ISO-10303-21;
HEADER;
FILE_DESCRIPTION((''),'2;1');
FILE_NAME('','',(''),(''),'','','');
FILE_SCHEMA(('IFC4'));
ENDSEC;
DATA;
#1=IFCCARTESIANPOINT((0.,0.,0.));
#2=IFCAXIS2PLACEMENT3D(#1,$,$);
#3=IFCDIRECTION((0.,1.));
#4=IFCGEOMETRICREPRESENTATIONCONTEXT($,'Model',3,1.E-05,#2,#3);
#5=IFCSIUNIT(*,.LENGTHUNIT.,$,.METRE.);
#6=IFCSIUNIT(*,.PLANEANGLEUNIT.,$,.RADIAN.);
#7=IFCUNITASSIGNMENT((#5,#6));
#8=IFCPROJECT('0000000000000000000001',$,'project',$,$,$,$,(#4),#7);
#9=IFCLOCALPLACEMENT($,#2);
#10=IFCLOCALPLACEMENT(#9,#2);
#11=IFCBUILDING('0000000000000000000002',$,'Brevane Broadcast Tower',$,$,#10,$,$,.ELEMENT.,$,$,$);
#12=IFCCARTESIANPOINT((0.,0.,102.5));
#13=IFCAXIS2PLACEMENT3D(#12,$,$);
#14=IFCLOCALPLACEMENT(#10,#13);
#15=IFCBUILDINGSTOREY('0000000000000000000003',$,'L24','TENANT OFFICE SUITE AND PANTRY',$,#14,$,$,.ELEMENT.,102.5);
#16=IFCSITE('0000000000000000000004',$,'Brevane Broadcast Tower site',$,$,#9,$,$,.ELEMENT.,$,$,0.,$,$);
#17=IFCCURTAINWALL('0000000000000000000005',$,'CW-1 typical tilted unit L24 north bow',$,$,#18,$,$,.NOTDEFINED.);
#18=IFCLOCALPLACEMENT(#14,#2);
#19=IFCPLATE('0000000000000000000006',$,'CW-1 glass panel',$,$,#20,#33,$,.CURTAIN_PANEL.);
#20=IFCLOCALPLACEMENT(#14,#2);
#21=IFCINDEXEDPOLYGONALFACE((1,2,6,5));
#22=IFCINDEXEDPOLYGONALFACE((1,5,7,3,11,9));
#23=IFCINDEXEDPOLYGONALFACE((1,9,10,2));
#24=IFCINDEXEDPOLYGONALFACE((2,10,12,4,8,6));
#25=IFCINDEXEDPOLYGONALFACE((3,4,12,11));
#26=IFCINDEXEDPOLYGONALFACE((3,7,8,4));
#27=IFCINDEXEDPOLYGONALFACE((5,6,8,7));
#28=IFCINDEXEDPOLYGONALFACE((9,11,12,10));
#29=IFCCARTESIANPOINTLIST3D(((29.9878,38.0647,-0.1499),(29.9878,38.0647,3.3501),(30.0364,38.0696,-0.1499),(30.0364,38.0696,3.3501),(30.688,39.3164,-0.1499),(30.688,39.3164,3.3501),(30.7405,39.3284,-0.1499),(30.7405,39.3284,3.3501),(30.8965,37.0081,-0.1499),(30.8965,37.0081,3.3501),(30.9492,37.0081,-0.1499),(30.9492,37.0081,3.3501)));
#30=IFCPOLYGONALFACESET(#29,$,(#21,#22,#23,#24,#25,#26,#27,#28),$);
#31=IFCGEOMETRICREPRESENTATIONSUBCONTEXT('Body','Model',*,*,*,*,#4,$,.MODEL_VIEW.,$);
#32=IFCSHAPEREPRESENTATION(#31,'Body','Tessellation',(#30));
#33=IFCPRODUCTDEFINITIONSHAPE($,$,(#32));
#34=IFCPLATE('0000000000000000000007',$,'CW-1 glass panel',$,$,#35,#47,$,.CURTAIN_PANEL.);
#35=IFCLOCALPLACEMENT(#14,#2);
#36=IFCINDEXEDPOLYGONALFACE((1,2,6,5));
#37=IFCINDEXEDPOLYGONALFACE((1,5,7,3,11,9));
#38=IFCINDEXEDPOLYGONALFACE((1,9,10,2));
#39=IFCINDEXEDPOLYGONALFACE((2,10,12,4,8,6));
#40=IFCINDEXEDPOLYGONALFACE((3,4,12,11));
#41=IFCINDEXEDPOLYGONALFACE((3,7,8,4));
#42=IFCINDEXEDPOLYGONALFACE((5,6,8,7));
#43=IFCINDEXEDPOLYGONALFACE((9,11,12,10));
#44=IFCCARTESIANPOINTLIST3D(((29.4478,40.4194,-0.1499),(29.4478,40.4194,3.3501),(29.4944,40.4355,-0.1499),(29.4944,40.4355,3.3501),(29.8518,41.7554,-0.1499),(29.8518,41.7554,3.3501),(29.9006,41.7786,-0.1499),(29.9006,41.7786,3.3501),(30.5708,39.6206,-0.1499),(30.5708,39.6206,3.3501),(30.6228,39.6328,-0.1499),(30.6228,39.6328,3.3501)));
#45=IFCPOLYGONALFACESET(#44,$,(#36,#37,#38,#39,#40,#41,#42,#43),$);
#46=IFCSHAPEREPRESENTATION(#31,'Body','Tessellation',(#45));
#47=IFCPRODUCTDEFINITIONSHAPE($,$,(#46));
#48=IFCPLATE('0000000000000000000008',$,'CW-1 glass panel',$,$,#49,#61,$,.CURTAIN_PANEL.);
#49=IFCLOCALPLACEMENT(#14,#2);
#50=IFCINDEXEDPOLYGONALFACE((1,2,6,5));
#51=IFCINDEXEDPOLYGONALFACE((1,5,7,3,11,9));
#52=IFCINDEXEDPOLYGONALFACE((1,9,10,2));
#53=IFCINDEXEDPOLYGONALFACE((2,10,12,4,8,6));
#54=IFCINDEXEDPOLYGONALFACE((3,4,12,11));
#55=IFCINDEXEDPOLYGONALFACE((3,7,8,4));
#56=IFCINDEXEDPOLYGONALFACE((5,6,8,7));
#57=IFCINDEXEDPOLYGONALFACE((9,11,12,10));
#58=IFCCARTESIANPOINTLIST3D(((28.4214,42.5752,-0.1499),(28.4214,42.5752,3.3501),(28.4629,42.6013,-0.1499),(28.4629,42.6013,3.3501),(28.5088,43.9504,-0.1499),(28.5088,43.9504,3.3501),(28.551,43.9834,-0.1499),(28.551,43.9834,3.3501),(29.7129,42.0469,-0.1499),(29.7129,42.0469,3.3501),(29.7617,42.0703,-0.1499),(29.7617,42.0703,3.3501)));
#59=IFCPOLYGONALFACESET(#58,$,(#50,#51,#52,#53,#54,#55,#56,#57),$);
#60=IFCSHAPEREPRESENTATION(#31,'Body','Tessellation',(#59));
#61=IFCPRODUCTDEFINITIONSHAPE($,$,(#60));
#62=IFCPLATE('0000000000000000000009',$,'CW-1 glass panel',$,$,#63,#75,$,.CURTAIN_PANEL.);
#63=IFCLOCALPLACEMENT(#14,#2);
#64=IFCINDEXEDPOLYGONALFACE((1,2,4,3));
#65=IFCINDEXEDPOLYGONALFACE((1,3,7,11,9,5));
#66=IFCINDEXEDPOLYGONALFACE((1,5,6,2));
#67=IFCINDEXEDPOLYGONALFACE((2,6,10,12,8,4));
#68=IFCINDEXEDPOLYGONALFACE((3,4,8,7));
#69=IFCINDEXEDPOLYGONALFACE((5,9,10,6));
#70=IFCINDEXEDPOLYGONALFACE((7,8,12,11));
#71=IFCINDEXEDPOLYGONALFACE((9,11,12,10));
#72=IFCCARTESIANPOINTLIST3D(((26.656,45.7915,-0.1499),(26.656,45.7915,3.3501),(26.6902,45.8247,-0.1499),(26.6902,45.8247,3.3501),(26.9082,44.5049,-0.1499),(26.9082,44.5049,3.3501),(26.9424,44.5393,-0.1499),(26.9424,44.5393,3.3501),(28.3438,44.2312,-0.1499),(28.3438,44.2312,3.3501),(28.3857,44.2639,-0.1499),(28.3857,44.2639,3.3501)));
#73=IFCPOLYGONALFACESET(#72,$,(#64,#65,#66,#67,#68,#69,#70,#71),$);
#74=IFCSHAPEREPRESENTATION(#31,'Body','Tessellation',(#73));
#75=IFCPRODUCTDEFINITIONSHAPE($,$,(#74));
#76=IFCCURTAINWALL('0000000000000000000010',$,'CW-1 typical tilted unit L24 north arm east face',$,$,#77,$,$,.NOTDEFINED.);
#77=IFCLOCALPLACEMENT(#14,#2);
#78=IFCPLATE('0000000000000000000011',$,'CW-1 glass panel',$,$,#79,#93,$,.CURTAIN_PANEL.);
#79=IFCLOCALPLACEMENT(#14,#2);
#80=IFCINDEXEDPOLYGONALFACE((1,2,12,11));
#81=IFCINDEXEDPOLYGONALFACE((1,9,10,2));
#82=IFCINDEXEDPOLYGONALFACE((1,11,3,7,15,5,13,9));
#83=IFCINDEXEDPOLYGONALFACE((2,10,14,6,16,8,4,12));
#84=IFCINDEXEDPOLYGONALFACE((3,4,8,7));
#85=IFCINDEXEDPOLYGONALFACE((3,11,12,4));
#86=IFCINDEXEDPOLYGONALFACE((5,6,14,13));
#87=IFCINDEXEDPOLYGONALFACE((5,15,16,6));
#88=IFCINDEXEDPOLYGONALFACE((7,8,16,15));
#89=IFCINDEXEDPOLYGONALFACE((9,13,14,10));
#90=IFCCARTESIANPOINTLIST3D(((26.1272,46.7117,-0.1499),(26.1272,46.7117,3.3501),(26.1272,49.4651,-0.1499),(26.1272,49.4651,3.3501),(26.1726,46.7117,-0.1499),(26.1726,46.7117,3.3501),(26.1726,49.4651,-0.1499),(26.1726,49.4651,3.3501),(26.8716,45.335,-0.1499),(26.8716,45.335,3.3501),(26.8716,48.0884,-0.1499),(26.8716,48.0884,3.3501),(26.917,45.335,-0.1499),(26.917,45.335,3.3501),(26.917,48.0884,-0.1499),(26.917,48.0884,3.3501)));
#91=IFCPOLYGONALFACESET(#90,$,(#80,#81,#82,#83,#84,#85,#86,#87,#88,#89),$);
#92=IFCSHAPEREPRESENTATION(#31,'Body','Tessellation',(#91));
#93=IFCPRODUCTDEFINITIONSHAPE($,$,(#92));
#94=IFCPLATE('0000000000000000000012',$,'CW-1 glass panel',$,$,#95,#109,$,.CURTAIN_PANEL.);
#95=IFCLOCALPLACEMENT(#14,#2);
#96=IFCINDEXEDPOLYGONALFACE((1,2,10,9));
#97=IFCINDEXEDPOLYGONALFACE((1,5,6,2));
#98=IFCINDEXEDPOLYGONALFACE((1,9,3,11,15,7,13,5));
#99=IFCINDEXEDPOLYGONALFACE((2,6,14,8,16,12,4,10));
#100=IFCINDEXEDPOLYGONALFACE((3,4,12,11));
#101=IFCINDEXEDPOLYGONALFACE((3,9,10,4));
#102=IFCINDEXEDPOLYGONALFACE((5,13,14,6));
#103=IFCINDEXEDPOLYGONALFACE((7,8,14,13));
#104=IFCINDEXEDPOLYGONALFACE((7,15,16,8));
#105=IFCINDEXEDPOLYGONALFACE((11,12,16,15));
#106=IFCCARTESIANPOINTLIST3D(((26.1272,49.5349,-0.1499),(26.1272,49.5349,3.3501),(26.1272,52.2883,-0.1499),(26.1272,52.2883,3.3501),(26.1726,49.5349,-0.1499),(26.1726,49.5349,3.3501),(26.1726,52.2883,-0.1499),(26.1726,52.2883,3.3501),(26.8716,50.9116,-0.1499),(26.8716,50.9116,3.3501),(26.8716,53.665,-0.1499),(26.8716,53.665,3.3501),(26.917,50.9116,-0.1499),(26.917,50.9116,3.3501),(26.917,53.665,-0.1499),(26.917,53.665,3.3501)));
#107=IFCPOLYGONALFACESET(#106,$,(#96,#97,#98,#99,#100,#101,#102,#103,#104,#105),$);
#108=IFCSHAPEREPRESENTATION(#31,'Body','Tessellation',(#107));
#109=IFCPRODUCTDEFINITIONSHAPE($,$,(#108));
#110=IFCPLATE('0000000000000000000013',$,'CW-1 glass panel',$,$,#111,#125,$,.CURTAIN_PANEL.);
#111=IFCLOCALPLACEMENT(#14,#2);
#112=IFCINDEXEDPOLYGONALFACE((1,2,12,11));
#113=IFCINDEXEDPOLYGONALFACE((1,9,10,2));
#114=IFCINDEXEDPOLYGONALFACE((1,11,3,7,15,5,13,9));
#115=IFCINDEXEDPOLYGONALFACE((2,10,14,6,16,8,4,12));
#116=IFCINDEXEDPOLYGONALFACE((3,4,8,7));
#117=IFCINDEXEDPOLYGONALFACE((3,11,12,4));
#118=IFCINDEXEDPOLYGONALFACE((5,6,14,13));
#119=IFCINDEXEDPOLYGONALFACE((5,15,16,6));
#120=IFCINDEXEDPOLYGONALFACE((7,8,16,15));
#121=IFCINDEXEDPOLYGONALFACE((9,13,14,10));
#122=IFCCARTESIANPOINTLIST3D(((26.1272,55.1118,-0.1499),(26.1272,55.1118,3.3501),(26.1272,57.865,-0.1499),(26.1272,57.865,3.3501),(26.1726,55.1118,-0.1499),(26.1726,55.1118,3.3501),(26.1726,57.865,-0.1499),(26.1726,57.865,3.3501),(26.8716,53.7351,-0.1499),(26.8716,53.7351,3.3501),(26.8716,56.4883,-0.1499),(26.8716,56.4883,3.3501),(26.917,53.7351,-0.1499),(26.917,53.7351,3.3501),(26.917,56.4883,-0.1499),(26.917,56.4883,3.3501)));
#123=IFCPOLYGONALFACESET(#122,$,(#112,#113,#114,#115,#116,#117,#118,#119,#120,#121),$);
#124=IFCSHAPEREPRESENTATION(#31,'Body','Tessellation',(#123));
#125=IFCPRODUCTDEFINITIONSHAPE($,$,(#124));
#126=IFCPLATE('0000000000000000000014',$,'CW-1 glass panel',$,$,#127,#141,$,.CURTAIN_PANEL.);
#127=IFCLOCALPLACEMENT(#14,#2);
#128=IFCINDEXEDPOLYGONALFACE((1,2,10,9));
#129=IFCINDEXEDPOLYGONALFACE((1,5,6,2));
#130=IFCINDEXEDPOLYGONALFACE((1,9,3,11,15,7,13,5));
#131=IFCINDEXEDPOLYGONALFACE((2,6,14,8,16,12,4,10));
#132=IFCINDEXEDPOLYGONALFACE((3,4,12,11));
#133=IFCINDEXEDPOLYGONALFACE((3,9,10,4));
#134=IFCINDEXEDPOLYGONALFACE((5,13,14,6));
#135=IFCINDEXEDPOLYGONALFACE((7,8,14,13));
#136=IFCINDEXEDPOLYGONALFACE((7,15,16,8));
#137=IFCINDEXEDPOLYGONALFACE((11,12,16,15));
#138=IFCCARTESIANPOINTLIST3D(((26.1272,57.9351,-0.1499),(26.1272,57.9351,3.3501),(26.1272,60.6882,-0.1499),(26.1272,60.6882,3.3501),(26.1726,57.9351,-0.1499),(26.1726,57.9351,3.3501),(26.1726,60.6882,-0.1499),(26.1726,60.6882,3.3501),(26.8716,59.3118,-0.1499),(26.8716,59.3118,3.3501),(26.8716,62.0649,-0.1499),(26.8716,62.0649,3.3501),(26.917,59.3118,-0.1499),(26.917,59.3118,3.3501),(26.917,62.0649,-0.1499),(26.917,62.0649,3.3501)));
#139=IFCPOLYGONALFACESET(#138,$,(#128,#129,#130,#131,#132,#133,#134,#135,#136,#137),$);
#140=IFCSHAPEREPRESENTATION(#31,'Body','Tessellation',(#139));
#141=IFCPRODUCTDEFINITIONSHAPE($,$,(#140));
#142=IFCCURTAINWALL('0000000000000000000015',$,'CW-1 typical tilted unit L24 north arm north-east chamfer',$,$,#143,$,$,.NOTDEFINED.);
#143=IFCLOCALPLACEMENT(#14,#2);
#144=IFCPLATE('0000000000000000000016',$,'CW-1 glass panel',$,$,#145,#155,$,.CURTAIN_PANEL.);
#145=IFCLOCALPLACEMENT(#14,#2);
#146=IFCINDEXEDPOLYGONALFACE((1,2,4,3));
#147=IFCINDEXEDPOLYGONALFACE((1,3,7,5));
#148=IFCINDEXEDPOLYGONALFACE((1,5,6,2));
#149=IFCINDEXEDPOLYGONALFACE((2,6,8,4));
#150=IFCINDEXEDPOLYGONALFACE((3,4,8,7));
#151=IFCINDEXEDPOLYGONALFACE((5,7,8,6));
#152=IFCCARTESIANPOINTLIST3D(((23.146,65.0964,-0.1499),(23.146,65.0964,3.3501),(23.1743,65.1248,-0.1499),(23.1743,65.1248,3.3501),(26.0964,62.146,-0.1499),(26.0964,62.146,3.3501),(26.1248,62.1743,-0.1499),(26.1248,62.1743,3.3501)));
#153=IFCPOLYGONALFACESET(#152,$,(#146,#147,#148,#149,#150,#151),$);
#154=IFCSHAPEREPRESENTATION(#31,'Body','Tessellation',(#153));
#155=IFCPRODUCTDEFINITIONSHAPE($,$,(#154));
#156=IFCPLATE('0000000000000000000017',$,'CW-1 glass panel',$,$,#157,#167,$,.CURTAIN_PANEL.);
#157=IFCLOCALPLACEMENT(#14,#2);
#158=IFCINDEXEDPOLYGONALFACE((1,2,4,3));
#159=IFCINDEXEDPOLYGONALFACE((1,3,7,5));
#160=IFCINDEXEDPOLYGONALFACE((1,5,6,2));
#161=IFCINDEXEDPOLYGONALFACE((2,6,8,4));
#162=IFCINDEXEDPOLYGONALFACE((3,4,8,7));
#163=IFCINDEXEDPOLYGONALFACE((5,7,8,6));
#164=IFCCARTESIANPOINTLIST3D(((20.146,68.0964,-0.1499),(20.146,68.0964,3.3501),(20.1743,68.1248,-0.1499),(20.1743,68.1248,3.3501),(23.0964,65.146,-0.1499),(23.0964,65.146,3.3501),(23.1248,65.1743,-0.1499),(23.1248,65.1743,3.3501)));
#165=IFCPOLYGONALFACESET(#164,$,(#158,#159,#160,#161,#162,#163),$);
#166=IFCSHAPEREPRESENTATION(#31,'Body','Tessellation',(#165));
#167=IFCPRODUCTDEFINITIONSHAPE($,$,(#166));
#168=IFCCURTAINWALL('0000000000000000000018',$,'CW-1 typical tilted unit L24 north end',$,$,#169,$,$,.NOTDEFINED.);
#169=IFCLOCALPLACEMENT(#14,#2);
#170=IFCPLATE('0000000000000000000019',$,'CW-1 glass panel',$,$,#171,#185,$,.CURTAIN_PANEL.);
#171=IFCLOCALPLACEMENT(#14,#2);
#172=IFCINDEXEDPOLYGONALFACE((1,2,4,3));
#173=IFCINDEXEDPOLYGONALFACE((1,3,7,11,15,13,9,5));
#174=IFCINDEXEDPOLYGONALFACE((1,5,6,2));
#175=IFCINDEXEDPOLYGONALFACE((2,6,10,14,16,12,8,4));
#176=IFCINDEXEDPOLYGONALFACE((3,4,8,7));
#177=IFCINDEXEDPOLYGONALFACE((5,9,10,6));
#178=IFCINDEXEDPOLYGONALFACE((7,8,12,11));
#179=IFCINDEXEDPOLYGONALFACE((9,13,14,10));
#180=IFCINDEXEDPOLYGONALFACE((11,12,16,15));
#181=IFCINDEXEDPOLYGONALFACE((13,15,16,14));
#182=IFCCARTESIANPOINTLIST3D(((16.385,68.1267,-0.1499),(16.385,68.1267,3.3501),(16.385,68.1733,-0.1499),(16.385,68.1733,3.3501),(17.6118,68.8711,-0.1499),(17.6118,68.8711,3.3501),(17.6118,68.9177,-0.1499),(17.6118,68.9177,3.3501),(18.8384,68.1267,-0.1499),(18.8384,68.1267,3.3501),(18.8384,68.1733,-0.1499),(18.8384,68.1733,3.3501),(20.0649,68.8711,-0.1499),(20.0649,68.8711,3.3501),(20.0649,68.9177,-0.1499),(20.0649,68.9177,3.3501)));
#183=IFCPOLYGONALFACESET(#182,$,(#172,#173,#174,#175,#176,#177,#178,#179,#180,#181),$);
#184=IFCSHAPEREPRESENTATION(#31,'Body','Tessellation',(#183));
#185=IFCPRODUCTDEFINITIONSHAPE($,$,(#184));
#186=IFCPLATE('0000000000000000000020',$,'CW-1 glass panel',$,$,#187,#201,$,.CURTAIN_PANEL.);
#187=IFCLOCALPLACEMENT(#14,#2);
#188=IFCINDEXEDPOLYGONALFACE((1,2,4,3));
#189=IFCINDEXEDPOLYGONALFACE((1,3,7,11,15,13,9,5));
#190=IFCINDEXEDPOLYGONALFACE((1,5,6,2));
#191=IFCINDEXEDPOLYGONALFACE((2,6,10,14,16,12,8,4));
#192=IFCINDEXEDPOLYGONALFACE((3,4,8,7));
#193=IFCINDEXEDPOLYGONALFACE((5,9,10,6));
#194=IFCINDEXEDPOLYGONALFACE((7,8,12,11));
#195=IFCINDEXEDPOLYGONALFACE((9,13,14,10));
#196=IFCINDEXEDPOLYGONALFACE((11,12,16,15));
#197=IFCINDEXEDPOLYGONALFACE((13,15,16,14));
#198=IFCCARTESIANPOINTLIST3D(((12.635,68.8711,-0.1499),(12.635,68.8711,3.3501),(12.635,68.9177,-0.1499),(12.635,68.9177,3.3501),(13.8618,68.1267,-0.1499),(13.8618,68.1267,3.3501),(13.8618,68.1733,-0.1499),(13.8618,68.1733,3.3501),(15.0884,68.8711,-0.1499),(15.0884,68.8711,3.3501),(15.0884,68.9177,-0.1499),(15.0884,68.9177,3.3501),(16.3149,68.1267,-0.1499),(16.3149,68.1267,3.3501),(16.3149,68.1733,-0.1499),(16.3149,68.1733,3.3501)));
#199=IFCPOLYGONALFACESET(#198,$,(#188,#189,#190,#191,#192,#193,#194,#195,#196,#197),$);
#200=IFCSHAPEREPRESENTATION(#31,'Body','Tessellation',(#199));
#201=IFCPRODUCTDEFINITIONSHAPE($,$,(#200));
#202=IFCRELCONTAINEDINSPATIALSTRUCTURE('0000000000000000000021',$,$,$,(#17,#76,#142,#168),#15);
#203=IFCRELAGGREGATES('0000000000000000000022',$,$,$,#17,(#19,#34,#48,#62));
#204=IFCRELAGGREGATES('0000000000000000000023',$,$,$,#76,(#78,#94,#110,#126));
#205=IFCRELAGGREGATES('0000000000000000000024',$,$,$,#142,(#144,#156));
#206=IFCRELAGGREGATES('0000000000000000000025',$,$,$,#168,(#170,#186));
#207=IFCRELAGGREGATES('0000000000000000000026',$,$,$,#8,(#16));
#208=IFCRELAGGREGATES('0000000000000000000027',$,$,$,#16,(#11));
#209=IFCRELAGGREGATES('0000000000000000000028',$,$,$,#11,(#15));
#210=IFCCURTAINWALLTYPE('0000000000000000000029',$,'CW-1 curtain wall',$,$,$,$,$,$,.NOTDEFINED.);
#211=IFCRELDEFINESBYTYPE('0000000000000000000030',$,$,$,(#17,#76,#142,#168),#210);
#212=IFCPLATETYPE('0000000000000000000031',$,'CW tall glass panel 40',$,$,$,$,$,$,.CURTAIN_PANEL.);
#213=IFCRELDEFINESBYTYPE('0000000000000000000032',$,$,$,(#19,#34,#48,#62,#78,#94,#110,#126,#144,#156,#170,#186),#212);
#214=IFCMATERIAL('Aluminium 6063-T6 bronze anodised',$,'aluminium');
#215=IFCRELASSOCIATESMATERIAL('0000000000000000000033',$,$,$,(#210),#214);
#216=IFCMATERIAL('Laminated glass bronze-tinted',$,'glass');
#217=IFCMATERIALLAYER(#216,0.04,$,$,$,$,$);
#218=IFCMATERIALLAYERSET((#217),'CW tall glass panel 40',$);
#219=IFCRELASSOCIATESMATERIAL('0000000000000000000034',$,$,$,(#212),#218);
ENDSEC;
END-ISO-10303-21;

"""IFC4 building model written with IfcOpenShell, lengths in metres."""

from ifc_helpers import new_model, si_unit, direction, frame, origin, place, context, subcontext, project, spatial, polyline, outline, extrude, material, layer, layer_set, type_object, element, aggregate, save


model = new_model("IFC4")

# Units and contexts
model_context = context("Model", 3, precision=1e-05, world=origin(), true_north=direction((0.0, 1.0)))
body_context = subcontext(model_context, "Body", "Model", "MODEL_VIEW")
ifc_project = project(units=[si_unit("LENGTHUNIT", "METRE"), si_unit("PLANEANGLEUNIT", "RADIAN")], contexts=[model_context])

# Site, building, storey
site_placement = place(None, origin())
site = spatial("IfcSite", under=ifc_project, at=site_placement, Name="Brevane Broadcast Tower site", CompositionType="ELEMENT", RefElevation=0.0)
building_placement = place(site_placement, origin())
building = spatial("IfcBuilding", under=site, at=building_placement, Name="Brevane Broadcast Tower", CompositionType="ELEMENT")
storey_placement = place(building_placement, frame((0.0, 0.0, 102.5)))
storey = spatial("IfcBuildingStorey", under=building, at=storey_placement, Name="L24", Description="TENANT OFFICE SUITE AND PANTRY", CompositionType="ELEMENT", Elevation=102.5)

# Shared definitions
ifc_material_1 = material(Name="Aluminium 6063-T6 bronze anodised", Category="aluminium")
curtain_wall_type = type_object("IfcCurtainWallType", Name="CW-1 curtain wall", PredefinedType="NOTDEFINED", material=ifc_material_1)

# Curtain walls, plates
ifc_material_2 = material(Name="Laminated glass bronze-tinted", Category="glass")
ifc_layer = layer(ifc_material_2, 0.04)
ifc_layer_set = layer_set([ifc_layer], Name="CW tall glass panel 40")
plate_type = type_object("IfcPlateType", Name="CW tall glass panel 40", PredefinedType="CURTAIN_PANEL", material=ifc_layer_set)
curtain_wall_1_placement = place(storey_placement, origin())
curtain_wall_1 = element("IfcCurtainWall", 1, at=curtain_wall_1_placement, inside=storey, type_object=curtain_wall_type, Name="CW-1 typical tilted unit L24 north bow", PredefinedType="NOTDEFINED")
plate_1_placement = place(storey_placement, frame((0.0, 0.0, -0.1499)))
plate_1 = element("IfcPlate", 2, at=plate_1_placement, type_object=plate_type, Name="CW-1 glass panel", PredefinedType="CURTAIN_PANEL", context=body_context, shape_type="SweptSolid", body=[
    extrude(outline(polyline([(30.8965, 37.0081), (30.9492, 37.0081), (30.0364, 38.0696), (30.7405, 39.3284), (30.688, 39.3164), (29.9878, 38.0647), (30.8965, 37.0081)])), origin(), (0.0, 0.0, 1.0), 3.5),
])
plate_2_placement = place(storey_placement, frame((0.0, 0.0, -0.1499)))
plate_2 = element("IfcPlate", 3, at=plate_2_placement, type_object=plate_type, Name="CW-1 glass panel", PredefinedType="CURTAIN_PANEL", context=body_context, shape_type="SweptSolid", body=[
    extrude(outline(polyline([(30.5708, 39.6206), (30.6228, 39.6328), (29.4944, 40.4355), (29.9006, 41.7786), (29.8518, 41.7554), (29.4478, 40.4194), (30.5708, 39.6206)])), origin(), (0.0, 0.0, 1.0), 3.5),
])
plate_3_placement = place(storey_placement, frame((0.0, 0.0, -0.1499)))
plate_3 = element("IfcPlate", 4, at=plate_3_placement, type_object=plate_type, Name="CW-1 glass panel", PredefinedType="CURTAIN_PANEL", context=body_context, shape_type="SweptSolid", body=[
    extrude(outline(polyline([(29.7129, 42.0469), (29.7617, 42.0703), (28.4629, 42.6013), (28.551, 43.9834), (28.5088, 43.9504), (28.4214, 42.5752), (29.7129, 42.0469)])), origin(), (0.0, 0.0, 1.0), 3.5),
])
plate_4_placement = place(storey_placement, frame((0.0, 0.0, -0.1499)))
plate_4 = element("IfcPlate", 5, at=plate_4_placement, type_object=plate_type, Name="CW-1 glass panel", PredefinedType="CURTAIN_PANEL", context=body_context, shape_type="SweptSolid", body=[
    extrude(outline(polyline([(28.3438, 44.2312), (28.3857, 44.2639), (26.9424, 44.5393), (26.6902, 45.8247), (26.656, 45.7915), (26.9082, 44.5049), (28.3438, 44.2312)])), origin(), (0.0, 0.0, 1.0), 3.5),
])
aggregate(curtain_wall_1, [plate_1, plate_2, plate_3, plate_4])
curtain_wall_2_placement = place(storey_placement, origin())
curtain_wall_2 = element("IfcCurtainWall", 6, at=curtain_wall_2_placement, inside=storey, type_object=curtain_wall_type, Name="CW-1 typical tilted unit L24 north arm east face", PredefinedType="NOTDEFINED")
plate_5_placement = place(storey_placement, frame((0.0, 0.0, -0.1499)))
plate_5 = element("IfcPlate", 7, at=plate_5_placement, type_object=plate_type, Name="CW-1 glass panel", PredefinedType="CURTAIN_PANEL", context=body_context, shape_type="SweptSolid", body=[
    extrude(outline(polyline([(26.8716, 45.335), (26.917, 45.335), (26.1726, 46.7117), (26.917, 48.0884), (26.1726, 49.4651), (26.1272, 49.4651), (26.8716, 48.0884), (26.1272, 46.7117), (26.8716, 45.335)])), origin(), (0.0, 0.0, 1.0), 3.5),
])
plate_6_placement = place(storey_placement, frame((0.0, 0.0, -0.1499)))
plate_6 = element("IfcPlate", 8, at=plate_6_placement, type_object=plate_type, Name="CW-1 glass panel", PredefinedType="CURTAIN_PANEL", context=body_context, shape_type="SweptSolid", body=[
    extrude(outline(polyline([(26.1272, 49.5349), (26.1726, 49.5349), (26.917, 50.9116), (26.1726, 52.2883), (26.917, 53.665), (26.8716, 53.665), (26.1272, 52.2883), (26.8716, 50.9116), (26.1272, 49.5349)])), origin(), (0.0, 0.0, 1.0), 3.5),
])
plate_7_placement = place(storey_placement, frame((0.0, 0.0, -0.1499)))
plate_7 = element("IfcPlate", 9, at=plate_7_placement, type_object=plate_type, Name="CW-1 glass panel", PredefinedType="CURTAIN_PANEL", context=body_context, shape_type="SweptSolid", body=[
    extrude(outline(polyline([(26.8716, 53.7351), (26.917, 53.7351), (26.1726, 55.1118), (26.917, 56.4883), (26.1726, 57.865), (26.1272, 57.865), (26.8716, 56.4883), (26.1272, 55.1118), (26.8716, 53.7351)])), origin(), (0.0, 0.0, 1.0), 3.5),
])
plate_8_placement = place(storey_placement, frame((0.0, 0.0, -0.1499)))
plate_8 = element("IfcPlate", 10, at=plate_8_placement, type_object=plate_type, Name="CW-1 glass panel", PredefinedType="CURTAIN_PANEL", context=body_context, shape_type="SweptSolid", body=[
    extrude(outline(polyline([(26.1272, 57.9351), (26.1726, 57.9351), (26.917, 59.3118), (26.1726, 60.6882), (26.917, 62.0649), (26.8716, 62.0649), (26.1272, 60.6882), (26.8716, 59.3118), (26.1272, 57.9351)])), origin(), (0.0, 0.0, 1.0), 3.5),
])
aggregate(curtain_wall_2, [plate_5, plate_6, plate_7, plate_8])
curtain_wall_3_placement = place(storey_placement, origin())
curtain_wall_3 = element("IfcCurtainWall", 11, at=curtain_wall_3_placement, inside=storey, type_object=curtain_wall_type, Name="CW-1 typical tilted unit L24 north arm north-east chamfer", PredefinedType="NOTDEFINED")
plate_9_placement = place(storey_placement, frame((0.0, 0.0, -0.1499)))
plate_9 = element("IfcPlate", 12, at=plate_9_placement, type_object=plate_type, Name="CW-1 glass panel", PredefinedType="CURTAIN_PANEL", context=body_context, shape_type="SweptSolid", body=[
    extrude(outline(polyline([(26.0964, 62.146), (23.146, 65.0964), (23.1743, 65.1248), (26.1248, 62.1743), (26.0964, 62.146)])), origin(), (0.0, 0.0, 1.0), 3.5),
])
plate_10_placement = place(storey_placement, frame((0.0, 0.0, -0.1499)))
plate_10 = element("IfcPlate", 13, at=plate_10_placement, type_object=plate_type, Name="CW-1 glass panel", PredefinedType="CURTAIN_PANEL", context=body_context, shape_type="SweptSolid", body=[
    extrude(outline(polyline([(23.0964, 65.146), (20.146, 68.0964), (20.1743, 68.1248), (23.1248, 65.1743), (23.0964, 65.146)])), origin(), (0.0, 0.0, 1.0), 3.5),
])
aggregate(curtain_wall_3, [plate_9, plate_10])
curtain_wall_4_placement = place(storey_placement, origin())
curtain_wall_4 = element("IfcCurtainWall", 14, at=curtain_wall_4_placement, inside=storey, type_object=curtain_wall_type, Name="CW-1 typical tilted unit L24 north end", PredefinedType="NOTDEFINED")
plate_11_placement = place(storey_placement, frame((0.0, 0.0, -0.1499)))
plate_11 = element("IfcPlate", 15, at=plate_11_placement, type_object=plate_type, Name="CW-1 glass panel", PredefinedType="CURTAIN_PANEL", context=body_context, shape_type="SweptSolid", body=[
    extrude(outline(polyline([(20.0649, 68.8711), (20.0649, 68.9177), (18.8384, 68.1733), (17.6118, 68.9177), (16.385, 68.1733), (16.385, 68.1267), (17.6118, 68.8711), (18.8384, 68.1267), (20.0649, 68.8711)])), origin(), (0.0, 0.0, 1.0), 3.5),
])
plate_12_placement = place(storey_placement, frame((0.0, 0.0, -0.1499)))
plate_12 = element("IfcPlate", 16, at=plate_12_placement, type_object=plate_type, Name="CW-1 glass panel", PredefinedType="CURTAIN_PANEL", context=body_context, shape_type="SweptSolid", body=[
    extrude(outline(polyline([(16.3149, 68.1267), (16.3149, 68.1733), (15.0884, 68.9177), (13.8618, 68.1733), (12.635, 68.9177), (12.635, 68.8711), (13.8618, 68.1267), (15.0884, 68.8711), (16.3149, 68.1267)])), origin(), (0.0, 0.0, 1.0), 3.5),
])
aggregate(curtain_wall_4, [plate_11, plate_12])

save(model, "model.ifc")
